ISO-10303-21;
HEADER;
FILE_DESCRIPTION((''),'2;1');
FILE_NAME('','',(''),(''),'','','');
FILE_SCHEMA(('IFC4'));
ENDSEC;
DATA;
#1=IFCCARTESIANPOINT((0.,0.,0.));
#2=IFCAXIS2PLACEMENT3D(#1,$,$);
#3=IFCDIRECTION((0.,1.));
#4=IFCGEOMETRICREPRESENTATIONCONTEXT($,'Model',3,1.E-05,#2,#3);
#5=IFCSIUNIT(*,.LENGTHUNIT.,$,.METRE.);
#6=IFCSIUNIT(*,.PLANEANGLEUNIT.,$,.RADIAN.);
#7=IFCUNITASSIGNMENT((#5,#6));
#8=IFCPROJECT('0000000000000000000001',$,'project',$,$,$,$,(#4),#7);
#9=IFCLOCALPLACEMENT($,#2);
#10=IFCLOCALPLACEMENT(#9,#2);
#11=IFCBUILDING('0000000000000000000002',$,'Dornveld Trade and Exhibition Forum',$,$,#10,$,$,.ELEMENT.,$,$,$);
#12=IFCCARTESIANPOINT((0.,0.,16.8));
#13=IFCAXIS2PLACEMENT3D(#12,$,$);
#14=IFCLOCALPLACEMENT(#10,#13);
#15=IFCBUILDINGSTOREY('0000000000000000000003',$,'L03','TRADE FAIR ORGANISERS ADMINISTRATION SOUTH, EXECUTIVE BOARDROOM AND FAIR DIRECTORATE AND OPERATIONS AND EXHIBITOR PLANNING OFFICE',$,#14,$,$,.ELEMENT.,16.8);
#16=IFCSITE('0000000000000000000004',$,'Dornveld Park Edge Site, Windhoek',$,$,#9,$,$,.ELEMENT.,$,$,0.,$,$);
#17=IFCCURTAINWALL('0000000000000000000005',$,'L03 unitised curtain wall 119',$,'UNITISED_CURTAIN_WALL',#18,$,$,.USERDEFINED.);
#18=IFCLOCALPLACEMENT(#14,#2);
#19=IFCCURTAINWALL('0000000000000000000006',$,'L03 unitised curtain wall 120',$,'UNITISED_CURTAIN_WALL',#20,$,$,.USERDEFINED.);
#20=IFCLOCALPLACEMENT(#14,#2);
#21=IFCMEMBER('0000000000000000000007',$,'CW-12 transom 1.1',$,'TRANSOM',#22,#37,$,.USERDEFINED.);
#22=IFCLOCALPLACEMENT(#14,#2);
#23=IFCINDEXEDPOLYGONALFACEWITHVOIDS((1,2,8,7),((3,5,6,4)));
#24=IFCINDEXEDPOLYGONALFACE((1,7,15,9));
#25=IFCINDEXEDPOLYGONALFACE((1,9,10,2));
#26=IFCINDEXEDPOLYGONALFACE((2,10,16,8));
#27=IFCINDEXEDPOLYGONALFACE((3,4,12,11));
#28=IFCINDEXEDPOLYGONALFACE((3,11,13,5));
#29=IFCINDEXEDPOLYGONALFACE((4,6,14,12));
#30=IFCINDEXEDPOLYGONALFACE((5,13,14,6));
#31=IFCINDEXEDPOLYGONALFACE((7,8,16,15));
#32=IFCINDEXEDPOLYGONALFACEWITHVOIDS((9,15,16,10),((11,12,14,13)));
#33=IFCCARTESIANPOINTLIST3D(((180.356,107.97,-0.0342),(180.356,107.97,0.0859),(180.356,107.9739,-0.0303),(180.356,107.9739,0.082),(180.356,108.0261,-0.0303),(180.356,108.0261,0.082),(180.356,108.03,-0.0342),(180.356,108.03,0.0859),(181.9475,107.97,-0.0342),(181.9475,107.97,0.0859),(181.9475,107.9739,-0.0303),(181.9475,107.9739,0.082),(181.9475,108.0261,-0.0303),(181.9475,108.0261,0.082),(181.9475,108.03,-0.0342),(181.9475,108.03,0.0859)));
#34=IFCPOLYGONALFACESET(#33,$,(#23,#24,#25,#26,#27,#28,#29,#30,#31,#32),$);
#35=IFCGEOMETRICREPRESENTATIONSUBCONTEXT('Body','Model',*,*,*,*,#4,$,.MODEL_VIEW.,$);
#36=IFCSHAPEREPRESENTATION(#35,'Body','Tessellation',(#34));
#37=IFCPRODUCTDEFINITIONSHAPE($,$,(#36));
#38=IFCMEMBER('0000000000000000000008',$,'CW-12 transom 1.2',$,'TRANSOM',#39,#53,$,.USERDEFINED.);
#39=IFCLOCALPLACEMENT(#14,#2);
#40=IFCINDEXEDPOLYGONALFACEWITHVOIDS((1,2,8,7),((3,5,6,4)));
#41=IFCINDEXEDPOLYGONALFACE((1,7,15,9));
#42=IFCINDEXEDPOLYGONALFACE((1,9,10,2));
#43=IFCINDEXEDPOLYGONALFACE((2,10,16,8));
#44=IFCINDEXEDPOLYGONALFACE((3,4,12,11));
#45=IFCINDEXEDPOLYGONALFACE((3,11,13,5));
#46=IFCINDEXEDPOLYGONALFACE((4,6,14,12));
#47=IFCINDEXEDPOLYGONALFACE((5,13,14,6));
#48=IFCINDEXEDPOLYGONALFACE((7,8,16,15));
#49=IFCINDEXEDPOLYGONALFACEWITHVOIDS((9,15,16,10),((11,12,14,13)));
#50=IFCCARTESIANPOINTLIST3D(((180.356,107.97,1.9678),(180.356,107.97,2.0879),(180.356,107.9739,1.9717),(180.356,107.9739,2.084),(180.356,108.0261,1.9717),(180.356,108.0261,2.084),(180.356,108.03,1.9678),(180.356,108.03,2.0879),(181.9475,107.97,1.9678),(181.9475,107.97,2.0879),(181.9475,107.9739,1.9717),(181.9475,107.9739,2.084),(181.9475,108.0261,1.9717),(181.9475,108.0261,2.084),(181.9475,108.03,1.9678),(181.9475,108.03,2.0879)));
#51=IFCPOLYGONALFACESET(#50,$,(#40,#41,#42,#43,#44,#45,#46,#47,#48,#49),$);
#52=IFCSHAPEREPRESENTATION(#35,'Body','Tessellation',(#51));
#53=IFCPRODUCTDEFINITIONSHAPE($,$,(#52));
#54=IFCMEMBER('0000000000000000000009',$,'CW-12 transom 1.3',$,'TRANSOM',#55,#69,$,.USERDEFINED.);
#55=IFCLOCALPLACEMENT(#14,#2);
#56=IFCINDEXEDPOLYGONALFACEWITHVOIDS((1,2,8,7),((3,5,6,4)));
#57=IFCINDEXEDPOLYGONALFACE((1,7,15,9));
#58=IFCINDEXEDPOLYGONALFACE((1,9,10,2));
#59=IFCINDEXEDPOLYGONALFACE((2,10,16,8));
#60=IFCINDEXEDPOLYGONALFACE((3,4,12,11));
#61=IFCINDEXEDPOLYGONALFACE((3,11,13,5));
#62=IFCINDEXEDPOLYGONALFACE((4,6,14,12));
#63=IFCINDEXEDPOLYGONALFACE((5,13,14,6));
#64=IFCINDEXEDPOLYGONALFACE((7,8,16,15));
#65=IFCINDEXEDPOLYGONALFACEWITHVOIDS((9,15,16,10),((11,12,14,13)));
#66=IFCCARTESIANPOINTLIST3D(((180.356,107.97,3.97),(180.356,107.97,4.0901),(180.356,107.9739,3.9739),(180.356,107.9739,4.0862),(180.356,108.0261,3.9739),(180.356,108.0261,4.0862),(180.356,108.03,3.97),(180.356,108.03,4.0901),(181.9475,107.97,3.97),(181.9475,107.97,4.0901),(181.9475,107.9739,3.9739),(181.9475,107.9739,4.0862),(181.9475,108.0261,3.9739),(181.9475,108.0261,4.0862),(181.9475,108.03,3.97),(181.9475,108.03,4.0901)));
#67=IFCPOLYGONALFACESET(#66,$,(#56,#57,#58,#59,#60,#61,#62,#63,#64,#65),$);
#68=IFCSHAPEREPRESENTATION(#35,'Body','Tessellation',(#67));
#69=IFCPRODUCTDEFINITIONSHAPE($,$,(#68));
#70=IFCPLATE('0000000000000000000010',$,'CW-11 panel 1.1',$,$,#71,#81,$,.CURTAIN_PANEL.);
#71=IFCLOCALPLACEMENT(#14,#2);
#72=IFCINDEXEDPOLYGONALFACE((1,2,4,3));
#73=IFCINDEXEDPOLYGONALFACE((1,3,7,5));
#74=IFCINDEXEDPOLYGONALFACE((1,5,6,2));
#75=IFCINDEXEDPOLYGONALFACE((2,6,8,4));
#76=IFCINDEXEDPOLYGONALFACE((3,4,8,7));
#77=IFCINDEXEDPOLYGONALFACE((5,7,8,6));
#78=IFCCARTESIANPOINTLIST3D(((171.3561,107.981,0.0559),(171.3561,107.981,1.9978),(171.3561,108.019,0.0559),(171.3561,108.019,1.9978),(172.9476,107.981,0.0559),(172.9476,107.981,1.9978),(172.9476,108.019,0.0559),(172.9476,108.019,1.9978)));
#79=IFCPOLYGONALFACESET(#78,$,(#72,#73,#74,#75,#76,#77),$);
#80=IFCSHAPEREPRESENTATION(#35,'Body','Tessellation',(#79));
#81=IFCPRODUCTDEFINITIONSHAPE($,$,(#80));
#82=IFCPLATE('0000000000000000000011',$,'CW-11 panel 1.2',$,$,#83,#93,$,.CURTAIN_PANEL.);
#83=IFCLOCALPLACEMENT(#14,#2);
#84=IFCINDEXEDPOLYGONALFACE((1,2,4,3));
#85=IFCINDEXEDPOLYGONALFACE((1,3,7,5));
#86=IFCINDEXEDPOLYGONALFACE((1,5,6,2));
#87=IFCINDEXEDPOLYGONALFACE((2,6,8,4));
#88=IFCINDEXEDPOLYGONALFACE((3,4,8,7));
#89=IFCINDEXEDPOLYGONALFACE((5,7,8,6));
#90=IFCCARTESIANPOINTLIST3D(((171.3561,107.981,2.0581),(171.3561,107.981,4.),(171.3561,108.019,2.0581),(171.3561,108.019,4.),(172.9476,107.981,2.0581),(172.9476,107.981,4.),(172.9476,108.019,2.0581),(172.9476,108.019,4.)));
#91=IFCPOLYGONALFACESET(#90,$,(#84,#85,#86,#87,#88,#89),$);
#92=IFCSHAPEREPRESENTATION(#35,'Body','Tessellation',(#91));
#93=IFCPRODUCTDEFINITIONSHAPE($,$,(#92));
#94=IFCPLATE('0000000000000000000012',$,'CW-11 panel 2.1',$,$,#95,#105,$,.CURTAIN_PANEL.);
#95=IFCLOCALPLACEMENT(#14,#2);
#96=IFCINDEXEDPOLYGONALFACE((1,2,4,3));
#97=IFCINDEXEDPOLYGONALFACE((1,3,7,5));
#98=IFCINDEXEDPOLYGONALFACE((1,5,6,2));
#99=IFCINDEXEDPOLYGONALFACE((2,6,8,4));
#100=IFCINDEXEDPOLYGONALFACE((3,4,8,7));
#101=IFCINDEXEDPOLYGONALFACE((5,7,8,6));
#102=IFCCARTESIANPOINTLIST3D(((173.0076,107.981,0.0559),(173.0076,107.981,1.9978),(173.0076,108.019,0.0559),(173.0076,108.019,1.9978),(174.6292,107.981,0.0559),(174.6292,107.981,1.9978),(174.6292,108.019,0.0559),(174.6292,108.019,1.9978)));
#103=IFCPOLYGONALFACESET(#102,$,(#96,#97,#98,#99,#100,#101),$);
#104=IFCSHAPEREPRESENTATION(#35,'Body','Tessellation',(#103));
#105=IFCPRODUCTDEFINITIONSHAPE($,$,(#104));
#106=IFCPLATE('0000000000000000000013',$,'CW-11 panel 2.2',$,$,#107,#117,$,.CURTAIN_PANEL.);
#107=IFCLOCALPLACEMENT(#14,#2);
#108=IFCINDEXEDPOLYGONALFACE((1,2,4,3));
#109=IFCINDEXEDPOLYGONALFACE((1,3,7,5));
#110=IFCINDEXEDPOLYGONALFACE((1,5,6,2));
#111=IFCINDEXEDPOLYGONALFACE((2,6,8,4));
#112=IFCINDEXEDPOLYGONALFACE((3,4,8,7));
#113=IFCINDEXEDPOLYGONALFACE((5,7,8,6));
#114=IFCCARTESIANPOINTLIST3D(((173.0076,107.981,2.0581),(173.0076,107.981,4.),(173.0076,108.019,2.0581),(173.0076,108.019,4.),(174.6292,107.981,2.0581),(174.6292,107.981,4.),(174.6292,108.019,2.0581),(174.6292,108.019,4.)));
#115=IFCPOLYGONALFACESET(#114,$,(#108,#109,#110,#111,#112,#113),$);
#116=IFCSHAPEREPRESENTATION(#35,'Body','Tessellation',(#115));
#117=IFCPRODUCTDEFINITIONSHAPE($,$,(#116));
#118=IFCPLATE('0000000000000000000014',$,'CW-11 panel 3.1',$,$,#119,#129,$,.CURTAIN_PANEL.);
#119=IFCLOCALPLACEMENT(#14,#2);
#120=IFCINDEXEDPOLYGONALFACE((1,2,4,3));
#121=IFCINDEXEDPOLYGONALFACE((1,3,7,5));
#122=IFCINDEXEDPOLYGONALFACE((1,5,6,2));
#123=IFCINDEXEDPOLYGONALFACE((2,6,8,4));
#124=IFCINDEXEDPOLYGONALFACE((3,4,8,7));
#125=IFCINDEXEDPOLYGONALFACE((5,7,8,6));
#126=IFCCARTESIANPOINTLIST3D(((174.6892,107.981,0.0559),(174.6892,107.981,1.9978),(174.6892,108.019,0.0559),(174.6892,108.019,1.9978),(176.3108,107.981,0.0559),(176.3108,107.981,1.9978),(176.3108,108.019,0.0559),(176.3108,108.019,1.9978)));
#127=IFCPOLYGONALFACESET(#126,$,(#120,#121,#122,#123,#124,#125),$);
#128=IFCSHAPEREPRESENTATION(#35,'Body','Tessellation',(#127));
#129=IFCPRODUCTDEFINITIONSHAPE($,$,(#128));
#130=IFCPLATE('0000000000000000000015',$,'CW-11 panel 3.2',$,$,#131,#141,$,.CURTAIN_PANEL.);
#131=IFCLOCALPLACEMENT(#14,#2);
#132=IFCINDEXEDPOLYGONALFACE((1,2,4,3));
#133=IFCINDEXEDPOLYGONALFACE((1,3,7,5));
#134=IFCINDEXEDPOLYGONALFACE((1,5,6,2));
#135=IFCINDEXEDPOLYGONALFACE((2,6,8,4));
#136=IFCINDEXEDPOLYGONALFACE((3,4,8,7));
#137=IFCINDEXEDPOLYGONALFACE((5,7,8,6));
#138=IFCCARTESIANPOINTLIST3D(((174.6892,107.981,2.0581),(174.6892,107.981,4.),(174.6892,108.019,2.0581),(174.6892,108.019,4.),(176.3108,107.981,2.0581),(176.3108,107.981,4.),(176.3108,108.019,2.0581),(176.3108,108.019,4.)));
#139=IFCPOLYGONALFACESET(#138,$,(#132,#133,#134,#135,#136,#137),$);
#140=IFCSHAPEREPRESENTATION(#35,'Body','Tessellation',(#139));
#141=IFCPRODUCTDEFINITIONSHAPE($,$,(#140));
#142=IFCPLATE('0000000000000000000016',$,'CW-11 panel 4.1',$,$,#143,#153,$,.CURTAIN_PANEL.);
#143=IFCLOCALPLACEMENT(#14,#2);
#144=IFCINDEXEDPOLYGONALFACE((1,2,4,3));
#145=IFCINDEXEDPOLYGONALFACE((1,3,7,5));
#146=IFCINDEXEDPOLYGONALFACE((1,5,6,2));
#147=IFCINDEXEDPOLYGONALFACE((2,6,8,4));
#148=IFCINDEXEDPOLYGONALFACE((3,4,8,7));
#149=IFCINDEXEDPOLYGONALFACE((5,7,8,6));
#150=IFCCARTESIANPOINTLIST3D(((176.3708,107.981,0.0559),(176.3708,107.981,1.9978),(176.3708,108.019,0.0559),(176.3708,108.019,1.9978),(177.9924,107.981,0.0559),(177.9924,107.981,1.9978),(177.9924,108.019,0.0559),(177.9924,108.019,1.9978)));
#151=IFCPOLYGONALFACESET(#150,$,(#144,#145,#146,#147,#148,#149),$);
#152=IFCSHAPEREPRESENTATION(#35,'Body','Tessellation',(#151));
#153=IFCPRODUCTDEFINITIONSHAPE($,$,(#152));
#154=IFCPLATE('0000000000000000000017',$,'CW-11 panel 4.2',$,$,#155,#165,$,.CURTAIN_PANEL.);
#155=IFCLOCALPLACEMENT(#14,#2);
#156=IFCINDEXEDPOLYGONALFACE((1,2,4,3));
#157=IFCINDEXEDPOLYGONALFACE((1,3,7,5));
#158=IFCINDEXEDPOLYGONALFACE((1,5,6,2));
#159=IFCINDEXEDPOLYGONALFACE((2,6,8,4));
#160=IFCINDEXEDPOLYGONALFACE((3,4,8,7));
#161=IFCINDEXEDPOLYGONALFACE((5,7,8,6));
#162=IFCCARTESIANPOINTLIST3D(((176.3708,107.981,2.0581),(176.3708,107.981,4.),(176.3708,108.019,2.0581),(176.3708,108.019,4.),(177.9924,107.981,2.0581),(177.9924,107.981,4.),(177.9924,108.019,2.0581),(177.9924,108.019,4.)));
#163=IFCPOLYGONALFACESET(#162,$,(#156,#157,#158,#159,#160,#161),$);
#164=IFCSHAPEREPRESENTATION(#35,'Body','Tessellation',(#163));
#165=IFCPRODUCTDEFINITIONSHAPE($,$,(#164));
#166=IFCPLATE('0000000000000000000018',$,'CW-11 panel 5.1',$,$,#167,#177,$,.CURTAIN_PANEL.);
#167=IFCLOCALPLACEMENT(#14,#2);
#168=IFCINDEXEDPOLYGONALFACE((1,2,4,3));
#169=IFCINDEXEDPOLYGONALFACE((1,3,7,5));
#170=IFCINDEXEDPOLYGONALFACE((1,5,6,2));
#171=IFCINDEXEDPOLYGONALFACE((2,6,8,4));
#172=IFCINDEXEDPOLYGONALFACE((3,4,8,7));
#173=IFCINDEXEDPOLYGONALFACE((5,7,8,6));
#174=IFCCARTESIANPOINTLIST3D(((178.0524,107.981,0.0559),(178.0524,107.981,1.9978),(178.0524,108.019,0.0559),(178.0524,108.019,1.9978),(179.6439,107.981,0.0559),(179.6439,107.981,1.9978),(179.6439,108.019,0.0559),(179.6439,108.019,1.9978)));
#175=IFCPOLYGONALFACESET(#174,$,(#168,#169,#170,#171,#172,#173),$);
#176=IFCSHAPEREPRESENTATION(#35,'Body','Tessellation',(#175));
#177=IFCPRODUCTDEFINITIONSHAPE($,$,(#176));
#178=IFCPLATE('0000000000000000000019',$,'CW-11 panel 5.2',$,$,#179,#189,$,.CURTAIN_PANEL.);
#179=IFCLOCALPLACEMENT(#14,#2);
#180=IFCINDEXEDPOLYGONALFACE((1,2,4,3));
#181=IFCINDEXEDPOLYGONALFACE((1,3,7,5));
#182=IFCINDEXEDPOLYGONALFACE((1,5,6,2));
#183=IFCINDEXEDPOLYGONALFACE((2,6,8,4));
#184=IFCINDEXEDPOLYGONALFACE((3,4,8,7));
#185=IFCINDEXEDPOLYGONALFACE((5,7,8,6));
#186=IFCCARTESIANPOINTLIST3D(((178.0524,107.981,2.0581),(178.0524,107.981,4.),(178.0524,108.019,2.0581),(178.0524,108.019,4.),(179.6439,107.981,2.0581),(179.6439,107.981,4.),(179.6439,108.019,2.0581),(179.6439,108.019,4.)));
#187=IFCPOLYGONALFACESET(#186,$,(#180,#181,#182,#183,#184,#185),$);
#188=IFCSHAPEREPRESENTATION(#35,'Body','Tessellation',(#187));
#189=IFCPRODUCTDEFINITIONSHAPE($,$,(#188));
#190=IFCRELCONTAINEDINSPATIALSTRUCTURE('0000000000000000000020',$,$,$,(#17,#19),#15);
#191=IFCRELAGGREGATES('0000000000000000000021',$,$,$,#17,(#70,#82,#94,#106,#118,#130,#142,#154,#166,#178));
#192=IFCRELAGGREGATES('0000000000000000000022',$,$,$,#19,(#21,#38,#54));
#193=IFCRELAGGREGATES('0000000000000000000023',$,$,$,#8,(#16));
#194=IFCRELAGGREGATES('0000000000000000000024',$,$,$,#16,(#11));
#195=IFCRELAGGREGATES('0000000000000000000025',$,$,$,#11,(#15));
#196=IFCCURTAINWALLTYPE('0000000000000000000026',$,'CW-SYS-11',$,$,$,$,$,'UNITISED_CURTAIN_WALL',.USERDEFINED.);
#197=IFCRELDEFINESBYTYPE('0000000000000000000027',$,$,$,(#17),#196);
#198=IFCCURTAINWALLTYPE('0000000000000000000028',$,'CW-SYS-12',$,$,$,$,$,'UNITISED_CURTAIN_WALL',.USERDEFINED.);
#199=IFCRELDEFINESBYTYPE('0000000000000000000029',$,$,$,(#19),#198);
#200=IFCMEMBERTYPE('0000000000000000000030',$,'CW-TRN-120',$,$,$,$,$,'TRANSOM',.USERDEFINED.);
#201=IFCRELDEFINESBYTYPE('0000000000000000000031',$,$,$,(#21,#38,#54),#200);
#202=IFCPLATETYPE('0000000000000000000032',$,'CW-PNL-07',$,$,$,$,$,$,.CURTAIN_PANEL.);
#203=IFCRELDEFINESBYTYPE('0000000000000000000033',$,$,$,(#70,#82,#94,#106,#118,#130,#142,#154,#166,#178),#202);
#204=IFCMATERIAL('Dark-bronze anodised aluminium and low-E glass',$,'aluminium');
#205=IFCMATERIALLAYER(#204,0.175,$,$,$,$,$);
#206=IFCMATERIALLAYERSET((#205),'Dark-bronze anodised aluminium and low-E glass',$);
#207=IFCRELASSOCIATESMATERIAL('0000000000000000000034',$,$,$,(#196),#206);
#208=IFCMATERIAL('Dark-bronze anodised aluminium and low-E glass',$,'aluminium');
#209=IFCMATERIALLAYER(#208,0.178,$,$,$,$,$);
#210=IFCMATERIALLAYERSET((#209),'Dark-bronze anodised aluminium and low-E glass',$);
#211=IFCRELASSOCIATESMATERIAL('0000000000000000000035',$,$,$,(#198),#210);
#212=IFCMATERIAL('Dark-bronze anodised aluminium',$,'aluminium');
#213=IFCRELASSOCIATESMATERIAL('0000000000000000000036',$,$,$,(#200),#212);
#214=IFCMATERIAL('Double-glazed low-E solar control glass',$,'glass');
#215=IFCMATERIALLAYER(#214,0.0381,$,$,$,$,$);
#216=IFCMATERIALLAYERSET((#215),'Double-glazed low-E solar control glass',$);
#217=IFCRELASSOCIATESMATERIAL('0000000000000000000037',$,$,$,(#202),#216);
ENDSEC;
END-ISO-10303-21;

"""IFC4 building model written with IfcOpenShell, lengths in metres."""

from ifc_helpers import new_model, si_unit, direction, frame, origin, origin_2d, place, context, subcontext, project, spatial, rectangle, hollow_rectangle, extrude, material, layer, layer_set, material_profile, profile_set, type_object, element, aggregate, save


model = new_model("IFC4")

# Units and contexts
model_context = context("Model", 3, precision=1e-05, world=origin(), true_north=direction((0.0, 1.0)))
body_context = subcontext(model_context, "Body", "Model", "MODEL_VIEW")
ifc_project = project(units=[si_unit("LENGTHUNIT", "METRE"), si_unit("PLANEANGLEUNIT", "RADIAN")], contexts=[model_context])

# Site, building, storey
site_placement = place(None, origin())
site = spatial("IfcSite", under=ifc_project, at=site_placement, Name="Dornveld Park Edge Site, Windhoek", CompositionType="ELEMENT", RefElevation=0.0)
building_placement = place(site_placement, origin())
building = spatial("IfcBuilding", under=site, at=building_placement, Name="Dornveld Trade and Exhibition Forum", CompositionType="ELEMENT")
storey_placement = place(building_placement, frame((0.0, 0.0, 16.8)))
storey = spatial("IfcBuildingStorey", under=building, at=storey_placement, Name="L03", Description="TRADE FAIR ORGANISERS ADMINISTRATION SOUTH, EXECUTIVE BOARDROOM AND FAIR DIRECTORATE AND OPERATIONS AND EXHIBITOR PLANNING OFFICE", CompositionType="ELEMENT", Elevation=16.8)

# Curtain wall
ifc_material_1 = material(Name="Dark-bronze anodised aluminium and low-E glass", Category="aluminium")
ifc_layer_1 = layer(ifc_material_1, 0.175)
ifc_layer_set_1 = layer_set([ifc_layer_1], Name="Dark-bronze anodised aluminium and low-E glass")
curtain_wall_type_1 = type_object("IfcCurtainWallType", Name="CW-SYS-11", ElementType="UNITISED_CURTAIN_WALL", PredefinedType="USERDEFINED", material=ifc_layer_set_1)
curtain_wall_1_placement = place(storey_placement, origin())
curtain_wall_1 = element("IfcCurtainWall", 1, at=curtain_wall_1_placement, inside=storey, type_object=curtain_wall_type_1, Name="L03 unitised curtain wall 119", ObjectType="UNITISED_CURTAIN_WALL", PredefinedType="USERDEFINED")

# Curtain wall
ifc_material_2 = material(Name="Dark-bronze anodised aluminium and low-E glass", Category="aluminium")
ifc_layer_2 = layer(ifc_material_2, 0.178)
ifc_layer_set_2 = layer_set([ifc_layer_2], Name="Dark-bronze anodised aluminium and low-E glass")
curtain_wall_type_2 = type_object("IfcCurtainWallType", Name="CW-SYS-12", ElementType="UNITISED_CURTAIN_WALL", PredefinedType="USERDEFINED", material=ifc_layer_set_2)
curtain_wall_2_placement = place(storey_placement, origin())
curtain_wall_2 = element("IfcCurtainWall", 2, at=curtain_wall_2_placement, inside=storey, type_object=curtain_wall_type_2, Name="L03 unitised curtain wall 120", ObjectType="UNITISED_CURTAIN_WALL", PredefinedType="USERDEFINED")

# Members
ifc_material_3 = material(Name="Dark-bronze anodised aluminium", Category="aluminium")
ifc_material_profile_1 = material_profile(ifc_material_3, hollow_rectangle(XDim=0.0601, YDim=0.1201, WallThickness=0.0039, at=origin_2d()), Name="RHS 120x60x4")
ifc_profile_set_1 = profile_set([ifc_material_profile_1], Name="Dark-bronze anodised aluminium")
member_type_1 = type_object("IfcMemberType", Name="CW-TRN-120", ElementType="TRANSOM", PredefinedType="USERDEFINED", material=ifc_profile_set_1)
member_1_placement = place(storey_placement, frame((180.356, 108.0, 0.0259), z_axis=(1.0, 0.0, 0.0), x_axis=(0.0, 1.0, 0.0)))
member_1 = element("IfcMember", 3, at=member_1_placement, type_object=member_type_1, Name="CW-12 transom 1.1", ObjectType="TRANSOM", PredefinedType="USERDEFINED", context=body_context, shape_type="SweptSolid", body=[
    extrude(hollow_rectangle(XDim=0.0601, YDim=0.1201, WallThickness=0.0039, at=origin_2d()), origin(), (0.0, 0.0, 1.0), 1.5916),
])
member_2_placement = place(storey_placement, frame((180.356, 108.0, 2.0278), z_axis=(1.0, 0.0, 0.0), x_axis=(0.0, 1.0, 0.0)))
member_2 = element("IfcMember", 4, at=member_2_placement, type_object=member_type_1, Name="CW-12 transom 1.2", ObjectType="TRANSOM", PredefinedType="USERDEFINED", context=body_context, shape_type="SweptSolid", body=[
    extrude(hollow_rectangle(XDim=0.0601, YDim=0.1201, WallThickness=0.0039, at=origin_2d()), origin(), (0.0, 0.0, 1.0), 1.5916),
])
member_3_placement = place(storey_placement, frame((180.356, 108.0, 4.03), z_axis=(1.0, 0.0, 0.0), x_axis=(0.0, 1.0, 0.0)))
member_3 = element("IfcMember", 5, at=member_3_placement, type_object=member_type_1, Name="CW-12 transom 1.3", ObjectType="TRANSOM", PredefinedType="USERDEFINED", context=body_context, shape_type="SweptSolid", body=[
    extrude(hollow_rectangle(XDim=0.0601, YDim=0.1201, WallThickness=0.0039, at=origin_2d()), origin(), (0.0, 0.0, 1.0), 1.5916),
])

# Plates
ifc_material_4 = material(Name="Double-glazed low-E solar control glass", Category="glass")
ifc_layer_3 = layer(ifc_material_4, 0.0381)
ifc_layer_set_3 = layer_set([ifc_layer_3], Name="Double-glazed low-E solar control glass")
plate_type_1 = type_object("IfcPlateType", Name="CW-PNL-07", PredefinedType="CURTAIN_PANEL", material=ifc_layer_set_3)
plate_1_placement = place(storey_placement, frame((172.1519, 108.0, 0.0559), z_axis=(0.0, 0.0, 1.0), x_axis=(1.0, 0.0, 0.0)))
plate_1 = element("IfcPlate", 6, at=plate_1_placement, type_object=plate_type_1, Name="CW-11 panel 1.1", PredefinedType="CURTAIN_PANEL", context=body_context, shape_type="SweptSolid", body=[
    extrude(rectangle(XDim=1.5916, YDim=0.0381, at=origin_2d()), origin(), (0.0, 0.0, 1.0), 1.9419),
])
plate_2_placement = place(storey_placement, frame((172.1519, 108.0, 2.0581), z_axis=(0.0, 0.0, 1.0), x_axis=(1.0, 0.0, 0.0)))
plate_2 = element("IfcPlate", 7, at=plate_2_placement, type_object=plate_type_1, Name="CW-11 panel 1.2", PredefinedType="CURTAIN_PANEL", context=body_context, shape_type="SweptSolid", body=[
    extrude(rectangle(XDim=1.5916, YDim=0.0381, at=origin_2d()), origin(), (0.0, 0.0, 1.0), 1.9419),
])
plate_3_placement = place(storey_placement, frame((173.8184, 108.0, 0.0559), z_axis=(0.0, 0.0, 1.0), x_axis=(1.0, 0.0, 0.0)))
plate_3 = element("IfcPlate", 8, at=plate_3_placement, type_object=plate_type_1, Name="CW-11 panel 2.1", PredefinedType="CURTAIN_PANEL", context=body_context, shape_type="SweptSolid", body=[
    extrude(rectangle(XDim=1.6216, YDim=0.0381, at=origin_2d()), origin(), (0.0, 0.0, 1.0), 1.9419),
])
plate_4_placement = place(storey_placement, frame((173.8184, 108.0, 2.0581), z_axis=(0.0, 0.0, 1.0), x_axis=(1.0, 0.0, 0.0)))
plate_4 = element("IfcPlate", 9, at=plate_4_placement, type_object=plate_type_1, Name="CW-11 panel 2.2", PredefinedType="CURTAIN_PANEL", context=body_context, shape_type="SweptSolid", body=[
    extrude(rectangle(XDim=1.6216, YDim=0.0381, at=origin_2d()), origin(), (0.0, 0.0, 1.0), 1.9419),
])
plate_5_placement = place(storey_placement, frame((175.5, 108.0, 0.0559), z_axis=(0.0, 0.0, 1.0), x_axis=(1.0, 0.0, 0.0)))
plate_5 = element("IfcPlate", 10, at=plate_5_placement, type_object=plate_type_1, Name="CW-11 panel 3.1", PredefinedType="CURTAIN_PANEL", context=body_context, shape_type="SweptSolid", body=[
    extrude(rectangle(XDim=1.6216, YDim=0.0381, at=origin_2d()), origin(), (0.0, 0.0, 1.0), 1.9419),
])
plate_6_placement = place(storey_placement, frame((175.5, 108.0, 2.0581), z_axis=(0.0, 0.0, 1.0), x_axis=(1.0, 0.0, 0.0)))
plate_6 = element("IfcPlate", 11, at=plate_6_placement, type_object=plate_type_1, Name="CW-11 panel 3.2", PredefinedType="CURTAIN_PANEL", context=body_context, shape_type="SweptSolid", body=[
    extrude(rectangle(XDim=1.6216, YDim=0.0381, at=origin_2d()), origin(), (0.0, 0.0, 1.0), 1.9419),
])
plate_7_placement = place(storey_placement, frame((177.1816, 108.0, 0.0559), z_axis=(0.0, 0.0, 1.0), x_axis=(1.0, 0.0, 0.0)))
plate_7 = element("IfcPlate", 12, at=plate_7_placement, type_object=plate_type_1, Name="CW-11 panel 4.1", PredefinedType="CURTAIN_PANEL", context=body_context, shape_type="SweptSolid", body=[
    extrude(rectangle(XDim=1.6216, YDim=0.0381, at=origin_2d()), origin(), (0.0, 0.0, 1.0), 1.9419),
])
plate_8_placement = place(storey_placement, frame((177.1816, 108.0, 2.0581), z_axis=(0.0, 0.0, 1.0), x_axis=(1.0, 0.0, 0.0)))
plate_8 = element("IfcPlate", 13, at=plate_8_placement, type_object=plate_type_1, Name="CW-11 panel 4.2", PredefinedType="CURTAIN_PANEL", context=body_context, shape_type="SweptSolid", body=[
    extrude(rectangle(XDim=1.6216, YDim=0.0381, at=origin_2d()), origin(), (0.0, 0.0, 1.0), 1.9419),
])
plate_9_placement = place(storey_placement, frame((178.8481, 108.0, 0.0559), z_axis=(0.0, 0.0, 1.0), x_axis=(1.0, 0.0, 0.0)))
plate_9 = element("IfcPlate", 14, at=plate_9_placement, type_object=plate_type_1, Name="CW-11 panel 5.1", PredefinedType="CURTAIN_PANEL", context=body_context, shape_type="SweptSolid", body=[
    extrude(rectangle(XDim=1.5916, YDim=0.0381, at=origin_2d()), origin(), (0.0, 0.0, 1.0), 1.9419),
])
plate_10_placement = place(storey_placement, frame((178.8481, 108.0, 2.0581), z_axis=(0.0, 0.0, 1.0), x_axis=(1.0, 0.0, 0.0)))
plate_10 = element("IfcPlate", 15, at=plate_10_placement, type_object=plate_type_1, Name="CW-11 panel 5.2", PredefinedType="CURTAIN_PANEL", context=body_context, shape_type="SweptSolid", body=[
    extrude(rectangle(XDim=1.5916, YDim=0.0381, at=origin_2d()), origin(), (0.0, 0.0, 1.0), 1.9419),
])
aggregate(curtain_wall_1, [plate_1, plate_2, plate_3, plate_4, plate_5, plate_6, plate_7, plate_8, plate_9, plate_10])
aggregate(curtain_wall_2, [member_1, member_2, member_3])

save(model, "model.ifc")
